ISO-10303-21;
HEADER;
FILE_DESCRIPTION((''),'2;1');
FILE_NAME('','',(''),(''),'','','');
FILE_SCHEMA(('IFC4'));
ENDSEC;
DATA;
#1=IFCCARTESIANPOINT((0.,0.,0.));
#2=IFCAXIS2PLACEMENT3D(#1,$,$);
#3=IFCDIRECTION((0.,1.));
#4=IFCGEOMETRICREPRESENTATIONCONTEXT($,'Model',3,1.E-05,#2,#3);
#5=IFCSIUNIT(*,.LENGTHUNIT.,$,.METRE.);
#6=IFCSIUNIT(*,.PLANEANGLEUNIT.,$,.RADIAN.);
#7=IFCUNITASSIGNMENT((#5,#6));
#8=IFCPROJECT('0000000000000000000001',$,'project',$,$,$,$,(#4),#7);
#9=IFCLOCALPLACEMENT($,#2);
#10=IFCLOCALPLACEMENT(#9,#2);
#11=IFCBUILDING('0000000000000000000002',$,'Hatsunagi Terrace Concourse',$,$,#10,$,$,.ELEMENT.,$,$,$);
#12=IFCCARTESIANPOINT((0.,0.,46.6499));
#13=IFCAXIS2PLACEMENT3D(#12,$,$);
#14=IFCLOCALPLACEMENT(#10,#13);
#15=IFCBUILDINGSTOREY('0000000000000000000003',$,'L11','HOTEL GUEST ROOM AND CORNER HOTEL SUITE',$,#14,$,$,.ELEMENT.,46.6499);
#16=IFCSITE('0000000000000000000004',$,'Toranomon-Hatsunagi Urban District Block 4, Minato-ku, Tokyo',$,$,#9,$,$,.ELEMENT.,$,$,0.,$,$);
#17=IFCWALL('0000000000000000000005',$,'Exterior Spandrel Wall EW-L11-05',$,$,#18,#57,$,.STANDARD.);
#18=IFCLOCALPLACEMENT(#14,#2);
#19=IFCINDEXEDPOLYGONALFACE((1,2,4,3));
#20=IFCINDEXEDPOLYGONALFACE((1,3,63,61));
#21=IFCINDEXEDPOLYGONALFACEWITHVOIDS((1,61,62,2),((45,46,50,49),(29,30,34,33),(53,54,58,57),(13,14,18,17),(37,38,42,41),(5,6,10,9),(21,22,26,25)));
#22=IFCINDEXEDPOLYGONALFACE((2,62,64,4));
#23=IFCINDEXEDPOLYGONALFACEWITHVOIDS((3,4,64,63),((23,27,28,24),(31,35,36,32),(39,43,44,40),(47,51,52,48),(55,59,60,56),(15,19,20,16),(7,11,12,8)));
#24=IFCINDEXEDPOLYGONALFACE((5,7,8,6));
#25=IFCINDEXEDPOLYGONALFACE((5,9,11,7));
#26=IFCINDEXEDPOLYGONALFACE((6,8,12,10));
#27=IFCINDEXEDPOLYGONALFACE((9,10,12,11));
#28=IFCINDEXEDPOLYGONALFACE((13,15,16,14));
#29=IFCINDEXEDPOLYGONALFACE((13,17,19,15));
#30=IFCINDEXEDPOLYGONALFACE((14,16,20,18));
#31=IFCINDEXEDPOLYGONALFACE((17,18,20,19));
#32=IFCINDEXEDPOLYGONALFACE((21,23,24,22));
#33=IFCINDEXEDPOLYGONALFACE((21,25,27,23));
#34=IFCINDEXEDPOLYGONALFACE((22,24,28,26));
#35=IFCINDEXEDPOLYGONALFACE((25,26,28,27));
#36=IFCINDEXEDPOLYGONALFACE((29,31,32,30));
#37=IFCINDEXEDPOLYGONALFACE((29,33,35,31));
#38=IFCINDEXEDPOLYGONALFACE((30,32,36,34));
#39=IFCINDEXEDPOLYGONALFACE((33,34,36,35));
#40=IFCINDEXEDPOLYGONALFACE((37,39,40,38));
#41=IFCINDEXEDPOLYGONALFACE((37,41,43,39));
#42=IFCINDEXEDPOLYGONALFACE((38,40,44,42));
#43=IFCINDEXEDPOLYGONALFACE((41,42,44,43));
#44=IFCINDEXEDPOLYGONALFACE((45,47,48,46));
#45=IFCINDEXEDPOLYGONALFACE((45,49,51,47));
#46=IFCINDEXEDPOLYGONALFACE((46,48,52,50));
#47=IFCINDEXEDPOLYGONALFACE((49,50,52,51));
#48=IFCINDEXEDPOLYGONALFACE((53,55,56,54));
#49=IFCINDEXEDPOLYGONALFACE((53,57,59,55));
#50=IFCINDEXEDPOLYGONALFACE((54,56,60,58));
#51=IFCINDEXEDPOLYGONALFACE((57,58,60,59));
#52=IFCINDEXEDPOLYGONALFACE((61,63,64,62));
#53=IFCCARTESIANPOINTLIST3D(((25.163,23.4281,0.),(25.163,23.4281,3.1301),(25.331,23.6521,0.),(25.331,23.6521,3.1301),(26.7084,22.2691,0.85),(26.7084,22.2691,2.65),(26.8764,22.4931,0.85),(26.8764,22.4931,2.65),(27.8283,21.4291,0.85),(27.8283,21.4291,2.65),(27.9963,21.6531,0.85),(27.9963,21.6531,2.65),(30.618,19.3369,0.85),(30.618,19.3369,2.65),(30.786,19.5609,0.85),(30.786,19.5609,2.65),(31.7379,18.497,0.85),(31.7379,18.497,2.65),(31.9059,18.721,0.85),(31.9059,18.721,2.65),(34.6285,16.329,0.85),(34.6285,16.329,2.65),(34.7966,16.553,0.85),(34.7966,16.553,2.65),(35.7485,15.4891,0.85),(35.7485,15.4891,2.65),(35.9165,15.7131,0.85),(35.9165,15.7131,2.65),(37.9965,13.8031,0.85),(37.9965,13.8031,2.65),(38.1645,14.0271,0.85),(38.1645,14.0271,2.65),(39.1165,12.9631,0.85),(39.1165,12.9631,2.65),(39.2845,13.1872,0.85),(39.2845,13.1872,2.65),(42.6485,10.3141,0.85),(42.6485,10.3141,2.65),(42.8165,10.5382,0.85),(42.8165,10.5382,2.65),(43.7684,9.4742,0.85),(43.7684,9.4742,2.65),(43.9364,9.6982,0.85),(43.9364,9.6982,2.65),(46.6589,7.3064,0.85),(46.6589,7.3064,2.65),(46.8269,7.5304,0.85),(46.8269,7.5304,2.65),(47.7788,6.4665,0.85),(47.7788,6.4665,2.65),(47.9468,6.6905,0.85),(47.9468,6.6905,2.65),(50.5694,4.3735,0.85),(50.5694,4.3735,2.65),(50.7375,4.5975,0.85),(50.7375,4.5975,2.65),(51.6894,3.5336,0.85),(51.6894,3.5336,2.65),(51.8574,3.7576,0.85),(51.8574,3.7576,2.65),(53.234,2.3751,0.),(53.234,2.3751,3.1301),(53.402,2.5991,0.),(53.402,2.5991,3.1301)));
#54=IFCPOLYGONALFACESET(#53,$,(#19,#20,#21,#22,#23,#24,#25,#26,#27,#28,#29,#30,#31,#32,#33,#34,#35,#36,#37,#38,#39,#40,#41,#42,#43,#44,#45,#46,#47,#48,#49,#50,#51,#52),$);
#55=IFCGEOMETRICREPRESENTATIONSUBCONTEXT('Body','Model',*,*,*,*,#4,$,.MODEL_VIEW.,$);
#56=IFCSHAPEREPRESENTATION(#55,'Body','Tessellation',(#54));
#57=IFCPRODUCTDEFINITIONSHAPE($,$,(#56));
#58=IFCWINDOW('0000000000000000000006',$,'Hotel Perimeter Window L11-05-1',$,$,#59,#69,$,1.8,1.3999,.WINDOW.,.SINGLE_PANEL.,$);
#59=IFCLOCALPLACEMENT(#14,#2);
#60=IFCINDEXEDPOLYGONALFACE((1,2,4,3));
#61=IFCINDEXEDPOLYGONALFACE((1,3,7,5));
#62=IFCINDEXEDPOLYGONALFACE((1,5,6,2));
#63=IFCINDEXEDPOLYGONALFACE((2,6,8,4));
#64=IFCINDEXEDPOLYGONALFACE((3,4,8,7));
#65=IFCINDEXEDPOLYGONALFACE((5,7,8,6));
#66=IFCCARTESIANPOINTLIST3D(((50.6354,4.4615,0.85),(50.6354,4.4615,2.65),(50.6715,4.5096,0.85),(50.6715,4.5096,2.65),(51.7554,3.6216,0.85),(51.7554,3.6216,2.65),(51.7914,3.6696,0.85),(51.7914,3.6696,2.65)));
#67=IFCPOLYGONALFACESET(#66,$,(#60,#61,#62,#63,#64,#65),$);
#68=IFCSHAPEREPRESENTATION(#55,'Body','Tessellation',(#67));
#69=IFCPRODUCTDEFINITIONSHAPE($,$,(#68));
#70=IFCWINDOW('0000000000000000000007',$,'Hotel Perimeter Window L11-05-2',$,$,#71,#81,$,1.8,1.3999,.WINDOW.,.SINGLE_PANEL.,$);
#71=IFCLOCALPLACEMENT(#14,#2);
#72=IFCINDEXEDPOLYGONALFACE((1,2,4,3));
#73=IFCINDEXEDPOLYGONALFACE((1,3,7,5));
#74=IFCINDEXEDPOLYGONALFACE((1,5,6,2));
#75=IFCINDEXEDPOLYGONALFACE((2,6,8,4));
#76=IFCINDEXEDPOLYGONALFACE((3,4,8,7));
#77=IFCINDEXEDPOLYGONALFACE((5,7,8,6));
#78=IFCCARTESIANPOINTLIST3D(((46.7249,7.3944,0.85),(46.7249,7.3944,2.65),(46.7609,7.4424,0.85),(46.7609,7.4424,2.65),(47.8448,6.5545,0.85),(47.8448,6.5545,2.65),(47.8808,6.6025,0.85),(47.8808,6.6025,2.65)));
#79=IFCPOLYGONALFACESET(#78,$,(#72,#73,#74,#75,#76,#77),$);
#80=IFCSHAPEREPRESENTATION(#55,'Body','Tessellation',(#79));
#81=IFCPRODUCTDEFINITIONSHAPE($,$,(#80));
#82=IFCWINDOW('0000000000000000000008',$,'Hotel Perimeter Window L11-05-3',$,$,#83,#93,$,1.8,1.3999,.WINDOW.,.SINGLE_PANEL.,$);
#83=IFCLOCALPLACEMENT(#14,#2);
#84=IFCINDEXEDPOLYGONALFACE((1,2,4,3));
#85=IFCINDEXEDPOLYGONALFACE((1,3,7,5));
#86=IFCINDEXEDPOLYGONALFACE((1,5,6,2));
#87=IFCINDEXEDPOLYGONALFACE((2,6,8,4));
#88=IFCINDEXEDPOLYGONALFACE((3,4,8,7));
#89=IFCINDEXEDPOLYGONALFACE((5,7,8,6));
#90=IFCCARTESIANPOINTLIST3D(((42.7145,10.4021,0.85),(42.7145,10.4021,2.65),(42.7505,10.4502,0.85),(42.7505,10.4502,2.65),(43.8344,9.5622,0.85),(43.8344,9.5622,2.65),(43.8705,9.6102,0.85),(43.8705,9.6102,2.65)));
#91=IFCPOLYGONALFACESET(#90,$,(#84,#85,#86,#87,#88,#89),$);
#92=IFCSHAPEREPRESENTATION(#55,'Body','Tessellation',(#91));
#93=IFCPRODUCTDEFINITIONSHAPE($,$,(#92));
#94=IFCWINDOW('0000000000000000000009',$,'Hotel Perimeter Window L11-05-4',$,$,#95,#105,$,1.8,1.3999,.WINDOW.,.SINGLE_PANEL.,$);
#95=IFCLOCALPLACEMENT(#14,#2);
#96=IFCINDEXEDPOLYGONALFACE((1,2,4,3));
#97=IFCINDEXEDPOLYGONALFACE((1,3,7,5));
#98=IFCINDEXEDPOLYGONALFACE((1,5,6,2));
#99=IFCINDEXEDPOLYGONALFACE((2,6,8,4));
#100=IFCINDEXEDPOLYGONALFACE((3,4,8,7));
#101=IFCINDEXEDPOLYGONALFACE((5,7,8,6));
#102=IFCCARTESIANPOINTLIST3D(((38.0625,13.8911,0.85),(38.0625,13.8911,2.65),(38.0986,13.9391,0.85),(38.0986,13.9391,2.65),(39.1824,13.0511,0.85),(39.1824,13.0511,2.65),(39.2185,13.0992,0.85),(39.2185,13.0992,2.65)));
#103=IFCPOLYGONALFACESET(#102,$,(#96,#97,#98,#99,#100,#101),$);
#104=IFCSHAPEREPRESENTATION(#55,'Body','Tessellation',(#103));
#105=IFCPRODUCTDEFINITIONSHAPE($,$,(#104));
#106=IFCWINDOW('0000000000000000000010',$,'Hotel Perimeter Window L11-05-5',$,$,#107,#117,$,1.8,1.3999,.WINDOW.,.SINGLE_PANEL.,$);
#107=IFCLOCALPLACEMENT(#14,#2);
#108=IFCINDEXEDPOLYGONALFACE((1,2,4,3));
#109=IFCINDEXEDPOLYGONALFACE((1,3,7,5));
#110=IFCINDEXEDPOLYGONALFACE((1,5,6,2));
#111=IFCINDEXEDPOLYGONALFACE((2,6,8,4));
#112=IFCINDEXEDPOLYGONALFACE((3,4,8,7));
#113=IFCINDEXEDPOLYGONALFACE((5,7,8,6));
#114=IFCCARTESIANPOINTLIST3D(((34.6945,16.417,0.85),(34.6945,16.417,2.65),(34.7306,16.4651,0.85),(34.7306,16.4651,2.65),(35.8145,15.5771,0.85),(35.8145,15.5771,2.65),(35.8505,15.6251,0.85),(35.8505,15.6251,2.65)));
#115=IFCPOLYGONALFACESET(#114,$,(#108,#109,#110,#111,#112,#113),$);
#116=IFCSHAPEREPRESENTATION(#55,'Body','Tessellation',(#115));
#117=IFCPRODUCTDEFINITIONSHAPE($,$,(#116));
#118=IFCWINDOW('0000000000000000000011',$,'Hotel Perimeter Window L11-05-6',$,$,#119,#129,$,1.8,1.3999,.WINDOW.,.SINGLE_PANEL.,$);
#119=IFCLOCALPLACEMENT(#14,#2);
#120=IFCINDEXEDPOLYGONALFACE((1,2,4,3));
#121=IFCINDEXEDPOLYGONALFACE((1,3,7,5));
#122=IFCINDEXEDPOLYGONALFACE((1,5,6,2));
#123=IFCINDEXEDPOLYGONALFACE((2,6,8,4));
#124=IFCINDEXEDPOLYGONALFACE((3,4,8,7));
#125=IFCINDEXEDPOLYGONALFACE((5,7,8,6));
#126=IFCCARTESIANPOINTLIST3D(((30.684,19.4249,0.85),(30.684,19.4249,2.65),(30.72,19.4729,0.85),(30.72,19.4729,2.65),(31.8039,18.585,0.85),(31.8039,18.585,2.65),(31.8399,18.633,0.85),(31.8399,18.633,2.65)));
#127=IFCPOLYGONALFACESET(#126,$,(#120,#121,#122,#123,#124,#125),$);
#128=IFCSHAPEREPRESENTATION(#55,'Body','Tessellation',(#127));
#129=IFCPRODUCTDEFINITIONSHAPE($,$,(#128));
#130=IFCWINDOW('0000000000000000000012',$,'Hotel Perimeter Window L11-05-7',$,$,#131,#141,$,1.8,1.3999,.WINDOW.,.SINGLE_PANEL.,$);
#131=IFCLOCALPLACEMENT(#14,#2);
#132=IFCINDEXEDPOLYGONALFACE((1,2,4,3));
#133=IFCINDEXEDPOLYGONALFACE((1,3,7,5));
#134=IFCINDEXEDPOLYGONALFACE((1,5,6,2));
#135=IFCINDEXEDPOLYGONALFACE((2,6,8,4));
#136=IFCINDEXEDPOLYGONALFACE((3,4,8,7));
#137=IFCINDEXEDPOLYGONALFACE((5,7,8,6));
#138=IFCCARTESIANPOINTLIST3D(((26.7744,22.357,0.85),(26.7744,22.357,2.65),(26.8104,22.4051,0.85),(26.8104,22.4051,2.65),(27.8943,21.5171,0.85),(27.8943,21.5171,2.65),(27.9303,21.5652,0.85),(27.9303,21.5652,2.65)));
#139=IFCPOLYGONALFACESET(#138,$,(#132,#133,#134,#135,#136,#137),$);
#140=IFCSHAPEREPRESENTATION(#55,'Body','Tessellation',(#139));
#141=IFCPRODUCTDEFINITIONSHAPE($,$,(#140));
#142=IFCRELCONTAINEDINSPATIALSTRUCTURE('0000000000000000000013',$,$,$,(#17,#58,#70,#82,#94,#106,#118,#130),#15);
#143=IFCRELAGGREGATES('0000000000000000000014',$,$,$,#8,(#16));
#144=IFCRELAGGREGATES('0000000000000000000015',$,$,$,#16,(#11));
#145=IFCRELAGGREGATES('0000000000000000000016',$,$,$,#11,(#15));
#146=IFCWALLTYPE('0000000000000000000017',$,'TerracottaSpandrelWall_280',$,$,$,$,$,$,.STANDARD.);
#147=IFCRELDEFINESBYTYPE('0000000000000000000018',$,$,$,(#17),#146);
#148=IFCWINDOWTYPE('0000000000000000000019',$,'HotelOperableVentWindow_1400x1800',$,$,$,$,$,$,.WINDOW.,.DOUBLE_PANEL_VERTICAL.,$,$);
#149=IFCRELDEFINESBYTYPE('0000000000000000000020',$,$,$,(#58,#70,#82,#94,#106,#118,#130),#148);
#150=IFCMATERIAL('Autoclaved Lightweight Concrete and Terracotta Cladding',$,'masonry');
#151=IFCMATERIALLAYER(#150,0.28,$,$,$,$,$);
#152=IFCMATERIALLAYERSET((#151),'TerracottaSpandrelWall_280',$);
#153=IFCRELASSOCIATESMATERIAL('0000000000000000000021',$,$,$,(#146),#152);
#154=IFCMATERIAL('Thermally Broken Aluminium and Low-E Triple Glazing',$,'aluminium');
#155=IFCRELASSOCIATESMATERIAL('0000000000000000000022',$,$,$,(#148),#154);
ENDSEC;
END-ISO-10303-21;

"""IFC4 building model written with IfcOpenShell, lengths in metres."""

from ifc_helpers import new_model, si_unit, direction, frame, frame_2d, origin, place, context, subcontext, project, spatial, rectangle, extrude, material, layer, layer_set, type_object, element, fill, save


model = new_model("IFC4")

# Units and contexts
model_context = context("Model", 3, precision=1e-05, world=origin(), true_north=direction((0.0, 1.0)))
body_context = subcontext(model_context, "Body", "Model", "MODEL_VIEW")
ifc_project = project(units=[si_unit("LENGTHUNIT", "METRE"), si_unit("PLANEANGLEUNIT", "RADIAN")], contexts=[model_context])

# Site, building, storey
site_placement = place(None, origin())
site = spatial("IfcSite", under=ifc_project, at=site_placement, Name="Toranomon-Hatsunagi Urban District Block 4, Minato-ku, Tokyo", CompositionType="ELEMENT", RefElevation=0.0)
building_placement = place(site_placement, origin())
building = spatial("IfcBuilding", under=site, at=building_placement, Name="Hatsunagi Terrace Concourse", CompositionType="ELEMENT")
storey_placement = place(building_placement, frame((0.0, 0.0, 46.6499)))
storey = spatial("IfcBuildingStorey", under=building, at=storey_placement, Name="L11", Description="HOTEL GUEST ROOM AND CORNER HOTEL SUITE", CompositionType="ELEMENT", Elevation=46.6499)

# Wall, openings, windows
ifc_material_1 = material(Name="Autoclaved Lightweight Concrete and Terracotta Cladding", Category="masonry")
ifc_layer_1 = layer(ifc_material_1, 0.28)
ifc_layer_set_1 = layer_set([ifc_layer_1], Name="TerracottaSpandrelWall_280")
wall_type_1 = type_object("IfcWallType", Name="TerracottaSpandrelWall_280", PredefinedType="STANDARD", material=ifc_layer_set_1)
wall_1_placement = place(storey_placement, frame((53.3181, 2.4871, 0.0), z_axis=(0.0, 0.0, 1.0), x_axis=(-0.800004, 0.599994, 0.0)))
wall_1 = element("IfcWall", 1, at=wall_1_placement, inside=storey, type_object=wall_type_1, Name="Exterior Spandrel Wall EW-L11-05", PredefinedType="STANDARD", context=body_context, shape_type="SweptSolid", body=[
    extrude(rectangle(XDim=35.0886, YDim=0.28, at=frame_2d((17.5444, 0.0))), origin(), (0.0, 0.0, 1.0), 3.1301),
])
opening_1_placement = place(wall_1_placement, frame((1.9309, 0.0, 0.8501)))
opening_1 = element("IfcOpeningElement", 2, at=opening_1_placement, cuts=wall_1, PredefinedType="OPENING", context=body_context, shape_type="SweptSolid", body=[
    extrude(rectangle(XDim=1.3999, YDim=1.8, at=frame_2d((0.7, 0.8999))), frame((0.0, 0.1499, 0.0), z_axis=(0.0, -1.0, 0.0), x_axis=(1.0, 0.0, 0.0)), (0.0, 0.0, 1.0), 0.3),
])
opening_2_placement = place(wall_1_placement, frame((6.8191, 0.0, 0.8501)))
opening_2 = element("IfcOpeningElement", 3, at=opening_2_placement, cuts=wall_1, PredefinedType="OPENING", context=body_context, shape_type="SweptSolid", body=[
    extrude(rectangle(XDim=1.3999, YDim=1.8, at=frame_2d((0.7, 0.8999))), frame((0.0, 0.1499, 0.0), z_axis=(0.0, -1.0, 0.0), x_axis=(1.0, 0.0, 0.0)), (0.0, 0.0, 1.0), 0.3),
])
opening_3_placement = place(wall_1_placement, frame((11.832, 0.0, 0.8501)))
opening_3 = element("IfcOpeningElement", 4, at=opening_3_placement, cuts=wall_1, PredefinedType="OPENING", context=body_context, shape_type="SweptSolid", body=[
    extrude(rectangle(XDim=1.3999, YDim=1.8, at=frame_2d((0.7, 0.8999))), frame((0.0, 0.1499, 0.0), z_axis=(0.0, -1.0, 0.0), x_axis=(1.0, 0.0, 0.0)), (0.0, 0.0, 1.0), 0.3),
])
opening_4_placement = place(wall_1_placement, frame((17.647, 0.0, 0.8501)))
opening_4 = element("IfcOpeningElement", 5, at=opening_4_placement, cuts=wall_1, PredefinedType="OPENING", context=body_context, shape_type="SweptSolid", body=[
    extrude(rectangle(XDim=1.3999, YDim=1.8, at=frame_2d((0.7, 0.8999))), frame((0.0, 0.1499, 0.0), z_axis=(0.0, -1.0, 0.0), x_axis=(1.0, 0.0, 0.0)), (0.0, 0.0, 1.0), 0.3),
])
opening_5_placement = place(wall_1_placement, frame((21.8569, 0.0, 0.8501)))
opening_5 = element("IfcOpeningElement", 6, at=opening_5_placement, cuts=wall_1, PredefinedType="OPENING", context=body_context, shape_type="SweptSolid", body=[
    extrude(rectangle(XDim=1.3999, YDim=1.8, at=frame_2d((0.7, 0.8999))), frame((0.0, 0.1499, 0.0), z_axis=(0.0, -1.0, 0.0), x_axis=(1.0, 0.0, 0.0)), (0.0, 0.0, 1.0), 0.3),
])
opening_6_placement = place(wall_1_placement, frame((26.8701, 0.0, 0.8501)))
opening_6 = element("IfcOpeningElement", 7, at=opening_6_placement, cuts=wall_1, PredefinedType="OPENING", context=body_context, shape_type="SweptSolid", body=[
    extrude(rectangle(XDim=1.3999, YDim=1.8, at=frame_2d((0.7, 0.8999))), frame((0.0, 0.1499, 0.0), z_axis=(0.0, -1.0, 0.0), x_axis=(1.0, 0.0, 0.0)), (0.0, 0.0, 1.0), 0.3),
])
opening_7_placement = place(wall_1_placement, frame((31.7571, 0.0, 0.8501)))
opening_7 = element("IfcOpeningElement", 8, at=opening_7_placement, cuts=wall_1, PredefinedType="OPENING", context=body_context, shape_type="SweptSolid", body=[
    extrude(rectangle(XDim=1.3999, YDim=1.8, at=frame_2d((0.7, 0.8999))), frame((0.0, 0.1499, 0.0), z_axis=(0.0, -1.0, 0.0), x_axis=(1.0, 0.0, 0.0)), (0.0, 0.0, 1.0), 0.3),
])
ifc_material_2 = material(Name="Thermally Broken Aluminium and Low-E Triple Glazing", Category="aluminium")
window_type = type_object("IfcWindowType", Name="HotelOperableVentWindow_1400x1800", PartitioningType="DOUBLE_PANEL_VERTICAL", PredefinedType="WINDOW", material=ifc_material_2)
window_1_placement = place(opening_1_placement, origin())
window_1 = element("IfcWindow", 9, at=window_1_placement, inside=storey, type_object=window_type, Name="Hotel Perimeter Window L11-05-1", OverallHeight=1.8, OverallWidth=1.3999, PartitioningType="SINGLE_PANEL", PredefinedType="WINDOW", context=body_context, shape_type="SweptSolid", body=[
    extrude(rectangle(XDim=1.3999, YDim=1.8, at=frame_2d((0.7, 0.8999))), frame((0.0, 0.03, 0.0), z_axis=(0.0, -1.0, 0.0), x_axis=(1.0, 0.0, 0.0)), (0.0, 0.0, 1.0), 0.0601),
])
fill(opening_1, window_1)
window_2_placement = place(opening_2_placement, origin())
window_2 = element("IfcWindow", 10, at=window_2_placement, inside=storey, type_object=window_type, Name="Hotel Perimeter Window L11-05-2", OverallHeight=1.8, OverallWidth=1.3999, PartitioningType="SINGLE_PANEL", PredefinedType="WINDOW", context=body_context, shape_type="SweptSolid", body=[
    extrude(rectangle(XDim=1.3999, YDim=1.8, at=frame_2d((0.7, 0.8999))), frame((0.0, 0.03, 0.0), z_axis=(0.0, -1.0, 0.0), x_axis=(1.0, 0.0, 0.0)), (0.0, 0.0, 1.0), 0.0601),
])
fill(opening_2, window_2)
window_3_placement = place(opening_3_placement, origin())
window_3 = element("IfcWindow", 11, at=window_3_placement, inside=storey, type_object=window_type, Name="Hotel Perimeter Window L11-05-3", OverallHeight=1.8, OverallWidth=1.3999, PartitioningType="SINGLE_PANEL", PredefinedType="WINDOW", context=body_context, shape_type="SweptSolid", body=[
    extrude(rectangle(XDim=1.3999, YDim=1.8, at=frame_2d((0.7, 0.8999))), frame((0.0, 0.03, 0.0), z_axis=(0.0, -1.0, 0.0), x_axis=(1.0, 0.0, 0.0)), (0.0, 0.0, 1.0), 0.0601),
])
fill(opening_3, window_3)
window_4_placement = place(opening_4_placement, origin())
window_4 = element("IfcWindow", 12, at=window_4_placement, inside=storey, type_object=window_type, Name="Hotel Perimeter Window L11-05-4", OverallHeight=1.8, OverallWidth=1.3999, PartitioningType="SINGLE_PANEL", PredefinedType="WINDOW", context=body_context, shape_type="SweptSolid", body=[
    extrude(rectangle(XDim=1.3999, YDim=1.8, at=frame_2d((0.7, 0.8999))), frame((0.0, 0.03, 0.0), z_axis=(0.0, -1.0, 0.0), x_axis=(1.0, 0.0, 0.0)), (0.0, 0.0, 1.0), 0.0601),
])
fill(opening_4, window_4)
window_5_placement = place(opening_5_placement, origin())
window_5 = element("IfcWindow", 13, at=window_5_placement, inside=storey, type_object=window_type, Name="Hotel Perimeter Window L11-05-5", OverallHeight=1.8, OverallWidth=1.3999, PartitioningType="SINGLE_PANEL", PredefinedType="WINDOW", context=body_context, shape_type="SweptSolid", body=[
    extrude(rectangle(XDim=1.3999, YDim=1.8, at=frame_2d((0.7, 0.8999))), frame((0.0, 0.03, 0.0), z_axis=(0.0, -1.0, 0.0), x_axis=(1.0, 0.0, 0.0)), (0.0, 0.0, 1.0), 0.0601),
])
fill(opening_5, window_5)
window_6_placement = place(opening_6_placement, origin())
window_6 = element("IfcWindow", 14, at=window_6_placement, inside=storey, type_object=window_type, Name="Hotel Perimeter Window L11-05-6", OverallHeight=1.8, OverallWidth=1.3999, PartitioningType="SINGLE_PANEL", PredefinedType="WINDOW", context=body_context, shape_type="SweptSolid", body=[
    extrude(rectangle(XDim=1.3999, YDim=1.8, at=frame_2d((0.7, 0.8999))), frame((0.0, 0.03, 0.0), z_axis=(0.0, -1.0, 0.0), x_axis=(1.0, 0.0, 0.0)), (0.0, 0.0, 1.0), 0.0601),
])
fill(opening_6, window_6)
window_7_placement = place(opening_7_placement, origin())
window_7 = element("IfcWindow", 15, at=window_7_placement, inside=storey, type_object=window_type, Name="Hotel Perimeter Window L11-05-7", OverallHeight=1.8, OverallWidth=1.3999, PartitioningType="SINGLE_PANEL", PredefinedType="WINDOW", context=body_context, shape_type="SweptSolid", body=[
    extrude(rectangle(XDim=1.3999, YDim=1.8, at=frame_2d((0.7, 0.8999))), frame((0.0, 0.03, 0.0), z_axis=(0.0, -1.0, 0.0), x_axis=(1.0, 0.0, 0.0)), (0.0, 0.0, 1.0), 0.0601),
])
fill(opening_7, window_7)

save(model, "model.ifc")
